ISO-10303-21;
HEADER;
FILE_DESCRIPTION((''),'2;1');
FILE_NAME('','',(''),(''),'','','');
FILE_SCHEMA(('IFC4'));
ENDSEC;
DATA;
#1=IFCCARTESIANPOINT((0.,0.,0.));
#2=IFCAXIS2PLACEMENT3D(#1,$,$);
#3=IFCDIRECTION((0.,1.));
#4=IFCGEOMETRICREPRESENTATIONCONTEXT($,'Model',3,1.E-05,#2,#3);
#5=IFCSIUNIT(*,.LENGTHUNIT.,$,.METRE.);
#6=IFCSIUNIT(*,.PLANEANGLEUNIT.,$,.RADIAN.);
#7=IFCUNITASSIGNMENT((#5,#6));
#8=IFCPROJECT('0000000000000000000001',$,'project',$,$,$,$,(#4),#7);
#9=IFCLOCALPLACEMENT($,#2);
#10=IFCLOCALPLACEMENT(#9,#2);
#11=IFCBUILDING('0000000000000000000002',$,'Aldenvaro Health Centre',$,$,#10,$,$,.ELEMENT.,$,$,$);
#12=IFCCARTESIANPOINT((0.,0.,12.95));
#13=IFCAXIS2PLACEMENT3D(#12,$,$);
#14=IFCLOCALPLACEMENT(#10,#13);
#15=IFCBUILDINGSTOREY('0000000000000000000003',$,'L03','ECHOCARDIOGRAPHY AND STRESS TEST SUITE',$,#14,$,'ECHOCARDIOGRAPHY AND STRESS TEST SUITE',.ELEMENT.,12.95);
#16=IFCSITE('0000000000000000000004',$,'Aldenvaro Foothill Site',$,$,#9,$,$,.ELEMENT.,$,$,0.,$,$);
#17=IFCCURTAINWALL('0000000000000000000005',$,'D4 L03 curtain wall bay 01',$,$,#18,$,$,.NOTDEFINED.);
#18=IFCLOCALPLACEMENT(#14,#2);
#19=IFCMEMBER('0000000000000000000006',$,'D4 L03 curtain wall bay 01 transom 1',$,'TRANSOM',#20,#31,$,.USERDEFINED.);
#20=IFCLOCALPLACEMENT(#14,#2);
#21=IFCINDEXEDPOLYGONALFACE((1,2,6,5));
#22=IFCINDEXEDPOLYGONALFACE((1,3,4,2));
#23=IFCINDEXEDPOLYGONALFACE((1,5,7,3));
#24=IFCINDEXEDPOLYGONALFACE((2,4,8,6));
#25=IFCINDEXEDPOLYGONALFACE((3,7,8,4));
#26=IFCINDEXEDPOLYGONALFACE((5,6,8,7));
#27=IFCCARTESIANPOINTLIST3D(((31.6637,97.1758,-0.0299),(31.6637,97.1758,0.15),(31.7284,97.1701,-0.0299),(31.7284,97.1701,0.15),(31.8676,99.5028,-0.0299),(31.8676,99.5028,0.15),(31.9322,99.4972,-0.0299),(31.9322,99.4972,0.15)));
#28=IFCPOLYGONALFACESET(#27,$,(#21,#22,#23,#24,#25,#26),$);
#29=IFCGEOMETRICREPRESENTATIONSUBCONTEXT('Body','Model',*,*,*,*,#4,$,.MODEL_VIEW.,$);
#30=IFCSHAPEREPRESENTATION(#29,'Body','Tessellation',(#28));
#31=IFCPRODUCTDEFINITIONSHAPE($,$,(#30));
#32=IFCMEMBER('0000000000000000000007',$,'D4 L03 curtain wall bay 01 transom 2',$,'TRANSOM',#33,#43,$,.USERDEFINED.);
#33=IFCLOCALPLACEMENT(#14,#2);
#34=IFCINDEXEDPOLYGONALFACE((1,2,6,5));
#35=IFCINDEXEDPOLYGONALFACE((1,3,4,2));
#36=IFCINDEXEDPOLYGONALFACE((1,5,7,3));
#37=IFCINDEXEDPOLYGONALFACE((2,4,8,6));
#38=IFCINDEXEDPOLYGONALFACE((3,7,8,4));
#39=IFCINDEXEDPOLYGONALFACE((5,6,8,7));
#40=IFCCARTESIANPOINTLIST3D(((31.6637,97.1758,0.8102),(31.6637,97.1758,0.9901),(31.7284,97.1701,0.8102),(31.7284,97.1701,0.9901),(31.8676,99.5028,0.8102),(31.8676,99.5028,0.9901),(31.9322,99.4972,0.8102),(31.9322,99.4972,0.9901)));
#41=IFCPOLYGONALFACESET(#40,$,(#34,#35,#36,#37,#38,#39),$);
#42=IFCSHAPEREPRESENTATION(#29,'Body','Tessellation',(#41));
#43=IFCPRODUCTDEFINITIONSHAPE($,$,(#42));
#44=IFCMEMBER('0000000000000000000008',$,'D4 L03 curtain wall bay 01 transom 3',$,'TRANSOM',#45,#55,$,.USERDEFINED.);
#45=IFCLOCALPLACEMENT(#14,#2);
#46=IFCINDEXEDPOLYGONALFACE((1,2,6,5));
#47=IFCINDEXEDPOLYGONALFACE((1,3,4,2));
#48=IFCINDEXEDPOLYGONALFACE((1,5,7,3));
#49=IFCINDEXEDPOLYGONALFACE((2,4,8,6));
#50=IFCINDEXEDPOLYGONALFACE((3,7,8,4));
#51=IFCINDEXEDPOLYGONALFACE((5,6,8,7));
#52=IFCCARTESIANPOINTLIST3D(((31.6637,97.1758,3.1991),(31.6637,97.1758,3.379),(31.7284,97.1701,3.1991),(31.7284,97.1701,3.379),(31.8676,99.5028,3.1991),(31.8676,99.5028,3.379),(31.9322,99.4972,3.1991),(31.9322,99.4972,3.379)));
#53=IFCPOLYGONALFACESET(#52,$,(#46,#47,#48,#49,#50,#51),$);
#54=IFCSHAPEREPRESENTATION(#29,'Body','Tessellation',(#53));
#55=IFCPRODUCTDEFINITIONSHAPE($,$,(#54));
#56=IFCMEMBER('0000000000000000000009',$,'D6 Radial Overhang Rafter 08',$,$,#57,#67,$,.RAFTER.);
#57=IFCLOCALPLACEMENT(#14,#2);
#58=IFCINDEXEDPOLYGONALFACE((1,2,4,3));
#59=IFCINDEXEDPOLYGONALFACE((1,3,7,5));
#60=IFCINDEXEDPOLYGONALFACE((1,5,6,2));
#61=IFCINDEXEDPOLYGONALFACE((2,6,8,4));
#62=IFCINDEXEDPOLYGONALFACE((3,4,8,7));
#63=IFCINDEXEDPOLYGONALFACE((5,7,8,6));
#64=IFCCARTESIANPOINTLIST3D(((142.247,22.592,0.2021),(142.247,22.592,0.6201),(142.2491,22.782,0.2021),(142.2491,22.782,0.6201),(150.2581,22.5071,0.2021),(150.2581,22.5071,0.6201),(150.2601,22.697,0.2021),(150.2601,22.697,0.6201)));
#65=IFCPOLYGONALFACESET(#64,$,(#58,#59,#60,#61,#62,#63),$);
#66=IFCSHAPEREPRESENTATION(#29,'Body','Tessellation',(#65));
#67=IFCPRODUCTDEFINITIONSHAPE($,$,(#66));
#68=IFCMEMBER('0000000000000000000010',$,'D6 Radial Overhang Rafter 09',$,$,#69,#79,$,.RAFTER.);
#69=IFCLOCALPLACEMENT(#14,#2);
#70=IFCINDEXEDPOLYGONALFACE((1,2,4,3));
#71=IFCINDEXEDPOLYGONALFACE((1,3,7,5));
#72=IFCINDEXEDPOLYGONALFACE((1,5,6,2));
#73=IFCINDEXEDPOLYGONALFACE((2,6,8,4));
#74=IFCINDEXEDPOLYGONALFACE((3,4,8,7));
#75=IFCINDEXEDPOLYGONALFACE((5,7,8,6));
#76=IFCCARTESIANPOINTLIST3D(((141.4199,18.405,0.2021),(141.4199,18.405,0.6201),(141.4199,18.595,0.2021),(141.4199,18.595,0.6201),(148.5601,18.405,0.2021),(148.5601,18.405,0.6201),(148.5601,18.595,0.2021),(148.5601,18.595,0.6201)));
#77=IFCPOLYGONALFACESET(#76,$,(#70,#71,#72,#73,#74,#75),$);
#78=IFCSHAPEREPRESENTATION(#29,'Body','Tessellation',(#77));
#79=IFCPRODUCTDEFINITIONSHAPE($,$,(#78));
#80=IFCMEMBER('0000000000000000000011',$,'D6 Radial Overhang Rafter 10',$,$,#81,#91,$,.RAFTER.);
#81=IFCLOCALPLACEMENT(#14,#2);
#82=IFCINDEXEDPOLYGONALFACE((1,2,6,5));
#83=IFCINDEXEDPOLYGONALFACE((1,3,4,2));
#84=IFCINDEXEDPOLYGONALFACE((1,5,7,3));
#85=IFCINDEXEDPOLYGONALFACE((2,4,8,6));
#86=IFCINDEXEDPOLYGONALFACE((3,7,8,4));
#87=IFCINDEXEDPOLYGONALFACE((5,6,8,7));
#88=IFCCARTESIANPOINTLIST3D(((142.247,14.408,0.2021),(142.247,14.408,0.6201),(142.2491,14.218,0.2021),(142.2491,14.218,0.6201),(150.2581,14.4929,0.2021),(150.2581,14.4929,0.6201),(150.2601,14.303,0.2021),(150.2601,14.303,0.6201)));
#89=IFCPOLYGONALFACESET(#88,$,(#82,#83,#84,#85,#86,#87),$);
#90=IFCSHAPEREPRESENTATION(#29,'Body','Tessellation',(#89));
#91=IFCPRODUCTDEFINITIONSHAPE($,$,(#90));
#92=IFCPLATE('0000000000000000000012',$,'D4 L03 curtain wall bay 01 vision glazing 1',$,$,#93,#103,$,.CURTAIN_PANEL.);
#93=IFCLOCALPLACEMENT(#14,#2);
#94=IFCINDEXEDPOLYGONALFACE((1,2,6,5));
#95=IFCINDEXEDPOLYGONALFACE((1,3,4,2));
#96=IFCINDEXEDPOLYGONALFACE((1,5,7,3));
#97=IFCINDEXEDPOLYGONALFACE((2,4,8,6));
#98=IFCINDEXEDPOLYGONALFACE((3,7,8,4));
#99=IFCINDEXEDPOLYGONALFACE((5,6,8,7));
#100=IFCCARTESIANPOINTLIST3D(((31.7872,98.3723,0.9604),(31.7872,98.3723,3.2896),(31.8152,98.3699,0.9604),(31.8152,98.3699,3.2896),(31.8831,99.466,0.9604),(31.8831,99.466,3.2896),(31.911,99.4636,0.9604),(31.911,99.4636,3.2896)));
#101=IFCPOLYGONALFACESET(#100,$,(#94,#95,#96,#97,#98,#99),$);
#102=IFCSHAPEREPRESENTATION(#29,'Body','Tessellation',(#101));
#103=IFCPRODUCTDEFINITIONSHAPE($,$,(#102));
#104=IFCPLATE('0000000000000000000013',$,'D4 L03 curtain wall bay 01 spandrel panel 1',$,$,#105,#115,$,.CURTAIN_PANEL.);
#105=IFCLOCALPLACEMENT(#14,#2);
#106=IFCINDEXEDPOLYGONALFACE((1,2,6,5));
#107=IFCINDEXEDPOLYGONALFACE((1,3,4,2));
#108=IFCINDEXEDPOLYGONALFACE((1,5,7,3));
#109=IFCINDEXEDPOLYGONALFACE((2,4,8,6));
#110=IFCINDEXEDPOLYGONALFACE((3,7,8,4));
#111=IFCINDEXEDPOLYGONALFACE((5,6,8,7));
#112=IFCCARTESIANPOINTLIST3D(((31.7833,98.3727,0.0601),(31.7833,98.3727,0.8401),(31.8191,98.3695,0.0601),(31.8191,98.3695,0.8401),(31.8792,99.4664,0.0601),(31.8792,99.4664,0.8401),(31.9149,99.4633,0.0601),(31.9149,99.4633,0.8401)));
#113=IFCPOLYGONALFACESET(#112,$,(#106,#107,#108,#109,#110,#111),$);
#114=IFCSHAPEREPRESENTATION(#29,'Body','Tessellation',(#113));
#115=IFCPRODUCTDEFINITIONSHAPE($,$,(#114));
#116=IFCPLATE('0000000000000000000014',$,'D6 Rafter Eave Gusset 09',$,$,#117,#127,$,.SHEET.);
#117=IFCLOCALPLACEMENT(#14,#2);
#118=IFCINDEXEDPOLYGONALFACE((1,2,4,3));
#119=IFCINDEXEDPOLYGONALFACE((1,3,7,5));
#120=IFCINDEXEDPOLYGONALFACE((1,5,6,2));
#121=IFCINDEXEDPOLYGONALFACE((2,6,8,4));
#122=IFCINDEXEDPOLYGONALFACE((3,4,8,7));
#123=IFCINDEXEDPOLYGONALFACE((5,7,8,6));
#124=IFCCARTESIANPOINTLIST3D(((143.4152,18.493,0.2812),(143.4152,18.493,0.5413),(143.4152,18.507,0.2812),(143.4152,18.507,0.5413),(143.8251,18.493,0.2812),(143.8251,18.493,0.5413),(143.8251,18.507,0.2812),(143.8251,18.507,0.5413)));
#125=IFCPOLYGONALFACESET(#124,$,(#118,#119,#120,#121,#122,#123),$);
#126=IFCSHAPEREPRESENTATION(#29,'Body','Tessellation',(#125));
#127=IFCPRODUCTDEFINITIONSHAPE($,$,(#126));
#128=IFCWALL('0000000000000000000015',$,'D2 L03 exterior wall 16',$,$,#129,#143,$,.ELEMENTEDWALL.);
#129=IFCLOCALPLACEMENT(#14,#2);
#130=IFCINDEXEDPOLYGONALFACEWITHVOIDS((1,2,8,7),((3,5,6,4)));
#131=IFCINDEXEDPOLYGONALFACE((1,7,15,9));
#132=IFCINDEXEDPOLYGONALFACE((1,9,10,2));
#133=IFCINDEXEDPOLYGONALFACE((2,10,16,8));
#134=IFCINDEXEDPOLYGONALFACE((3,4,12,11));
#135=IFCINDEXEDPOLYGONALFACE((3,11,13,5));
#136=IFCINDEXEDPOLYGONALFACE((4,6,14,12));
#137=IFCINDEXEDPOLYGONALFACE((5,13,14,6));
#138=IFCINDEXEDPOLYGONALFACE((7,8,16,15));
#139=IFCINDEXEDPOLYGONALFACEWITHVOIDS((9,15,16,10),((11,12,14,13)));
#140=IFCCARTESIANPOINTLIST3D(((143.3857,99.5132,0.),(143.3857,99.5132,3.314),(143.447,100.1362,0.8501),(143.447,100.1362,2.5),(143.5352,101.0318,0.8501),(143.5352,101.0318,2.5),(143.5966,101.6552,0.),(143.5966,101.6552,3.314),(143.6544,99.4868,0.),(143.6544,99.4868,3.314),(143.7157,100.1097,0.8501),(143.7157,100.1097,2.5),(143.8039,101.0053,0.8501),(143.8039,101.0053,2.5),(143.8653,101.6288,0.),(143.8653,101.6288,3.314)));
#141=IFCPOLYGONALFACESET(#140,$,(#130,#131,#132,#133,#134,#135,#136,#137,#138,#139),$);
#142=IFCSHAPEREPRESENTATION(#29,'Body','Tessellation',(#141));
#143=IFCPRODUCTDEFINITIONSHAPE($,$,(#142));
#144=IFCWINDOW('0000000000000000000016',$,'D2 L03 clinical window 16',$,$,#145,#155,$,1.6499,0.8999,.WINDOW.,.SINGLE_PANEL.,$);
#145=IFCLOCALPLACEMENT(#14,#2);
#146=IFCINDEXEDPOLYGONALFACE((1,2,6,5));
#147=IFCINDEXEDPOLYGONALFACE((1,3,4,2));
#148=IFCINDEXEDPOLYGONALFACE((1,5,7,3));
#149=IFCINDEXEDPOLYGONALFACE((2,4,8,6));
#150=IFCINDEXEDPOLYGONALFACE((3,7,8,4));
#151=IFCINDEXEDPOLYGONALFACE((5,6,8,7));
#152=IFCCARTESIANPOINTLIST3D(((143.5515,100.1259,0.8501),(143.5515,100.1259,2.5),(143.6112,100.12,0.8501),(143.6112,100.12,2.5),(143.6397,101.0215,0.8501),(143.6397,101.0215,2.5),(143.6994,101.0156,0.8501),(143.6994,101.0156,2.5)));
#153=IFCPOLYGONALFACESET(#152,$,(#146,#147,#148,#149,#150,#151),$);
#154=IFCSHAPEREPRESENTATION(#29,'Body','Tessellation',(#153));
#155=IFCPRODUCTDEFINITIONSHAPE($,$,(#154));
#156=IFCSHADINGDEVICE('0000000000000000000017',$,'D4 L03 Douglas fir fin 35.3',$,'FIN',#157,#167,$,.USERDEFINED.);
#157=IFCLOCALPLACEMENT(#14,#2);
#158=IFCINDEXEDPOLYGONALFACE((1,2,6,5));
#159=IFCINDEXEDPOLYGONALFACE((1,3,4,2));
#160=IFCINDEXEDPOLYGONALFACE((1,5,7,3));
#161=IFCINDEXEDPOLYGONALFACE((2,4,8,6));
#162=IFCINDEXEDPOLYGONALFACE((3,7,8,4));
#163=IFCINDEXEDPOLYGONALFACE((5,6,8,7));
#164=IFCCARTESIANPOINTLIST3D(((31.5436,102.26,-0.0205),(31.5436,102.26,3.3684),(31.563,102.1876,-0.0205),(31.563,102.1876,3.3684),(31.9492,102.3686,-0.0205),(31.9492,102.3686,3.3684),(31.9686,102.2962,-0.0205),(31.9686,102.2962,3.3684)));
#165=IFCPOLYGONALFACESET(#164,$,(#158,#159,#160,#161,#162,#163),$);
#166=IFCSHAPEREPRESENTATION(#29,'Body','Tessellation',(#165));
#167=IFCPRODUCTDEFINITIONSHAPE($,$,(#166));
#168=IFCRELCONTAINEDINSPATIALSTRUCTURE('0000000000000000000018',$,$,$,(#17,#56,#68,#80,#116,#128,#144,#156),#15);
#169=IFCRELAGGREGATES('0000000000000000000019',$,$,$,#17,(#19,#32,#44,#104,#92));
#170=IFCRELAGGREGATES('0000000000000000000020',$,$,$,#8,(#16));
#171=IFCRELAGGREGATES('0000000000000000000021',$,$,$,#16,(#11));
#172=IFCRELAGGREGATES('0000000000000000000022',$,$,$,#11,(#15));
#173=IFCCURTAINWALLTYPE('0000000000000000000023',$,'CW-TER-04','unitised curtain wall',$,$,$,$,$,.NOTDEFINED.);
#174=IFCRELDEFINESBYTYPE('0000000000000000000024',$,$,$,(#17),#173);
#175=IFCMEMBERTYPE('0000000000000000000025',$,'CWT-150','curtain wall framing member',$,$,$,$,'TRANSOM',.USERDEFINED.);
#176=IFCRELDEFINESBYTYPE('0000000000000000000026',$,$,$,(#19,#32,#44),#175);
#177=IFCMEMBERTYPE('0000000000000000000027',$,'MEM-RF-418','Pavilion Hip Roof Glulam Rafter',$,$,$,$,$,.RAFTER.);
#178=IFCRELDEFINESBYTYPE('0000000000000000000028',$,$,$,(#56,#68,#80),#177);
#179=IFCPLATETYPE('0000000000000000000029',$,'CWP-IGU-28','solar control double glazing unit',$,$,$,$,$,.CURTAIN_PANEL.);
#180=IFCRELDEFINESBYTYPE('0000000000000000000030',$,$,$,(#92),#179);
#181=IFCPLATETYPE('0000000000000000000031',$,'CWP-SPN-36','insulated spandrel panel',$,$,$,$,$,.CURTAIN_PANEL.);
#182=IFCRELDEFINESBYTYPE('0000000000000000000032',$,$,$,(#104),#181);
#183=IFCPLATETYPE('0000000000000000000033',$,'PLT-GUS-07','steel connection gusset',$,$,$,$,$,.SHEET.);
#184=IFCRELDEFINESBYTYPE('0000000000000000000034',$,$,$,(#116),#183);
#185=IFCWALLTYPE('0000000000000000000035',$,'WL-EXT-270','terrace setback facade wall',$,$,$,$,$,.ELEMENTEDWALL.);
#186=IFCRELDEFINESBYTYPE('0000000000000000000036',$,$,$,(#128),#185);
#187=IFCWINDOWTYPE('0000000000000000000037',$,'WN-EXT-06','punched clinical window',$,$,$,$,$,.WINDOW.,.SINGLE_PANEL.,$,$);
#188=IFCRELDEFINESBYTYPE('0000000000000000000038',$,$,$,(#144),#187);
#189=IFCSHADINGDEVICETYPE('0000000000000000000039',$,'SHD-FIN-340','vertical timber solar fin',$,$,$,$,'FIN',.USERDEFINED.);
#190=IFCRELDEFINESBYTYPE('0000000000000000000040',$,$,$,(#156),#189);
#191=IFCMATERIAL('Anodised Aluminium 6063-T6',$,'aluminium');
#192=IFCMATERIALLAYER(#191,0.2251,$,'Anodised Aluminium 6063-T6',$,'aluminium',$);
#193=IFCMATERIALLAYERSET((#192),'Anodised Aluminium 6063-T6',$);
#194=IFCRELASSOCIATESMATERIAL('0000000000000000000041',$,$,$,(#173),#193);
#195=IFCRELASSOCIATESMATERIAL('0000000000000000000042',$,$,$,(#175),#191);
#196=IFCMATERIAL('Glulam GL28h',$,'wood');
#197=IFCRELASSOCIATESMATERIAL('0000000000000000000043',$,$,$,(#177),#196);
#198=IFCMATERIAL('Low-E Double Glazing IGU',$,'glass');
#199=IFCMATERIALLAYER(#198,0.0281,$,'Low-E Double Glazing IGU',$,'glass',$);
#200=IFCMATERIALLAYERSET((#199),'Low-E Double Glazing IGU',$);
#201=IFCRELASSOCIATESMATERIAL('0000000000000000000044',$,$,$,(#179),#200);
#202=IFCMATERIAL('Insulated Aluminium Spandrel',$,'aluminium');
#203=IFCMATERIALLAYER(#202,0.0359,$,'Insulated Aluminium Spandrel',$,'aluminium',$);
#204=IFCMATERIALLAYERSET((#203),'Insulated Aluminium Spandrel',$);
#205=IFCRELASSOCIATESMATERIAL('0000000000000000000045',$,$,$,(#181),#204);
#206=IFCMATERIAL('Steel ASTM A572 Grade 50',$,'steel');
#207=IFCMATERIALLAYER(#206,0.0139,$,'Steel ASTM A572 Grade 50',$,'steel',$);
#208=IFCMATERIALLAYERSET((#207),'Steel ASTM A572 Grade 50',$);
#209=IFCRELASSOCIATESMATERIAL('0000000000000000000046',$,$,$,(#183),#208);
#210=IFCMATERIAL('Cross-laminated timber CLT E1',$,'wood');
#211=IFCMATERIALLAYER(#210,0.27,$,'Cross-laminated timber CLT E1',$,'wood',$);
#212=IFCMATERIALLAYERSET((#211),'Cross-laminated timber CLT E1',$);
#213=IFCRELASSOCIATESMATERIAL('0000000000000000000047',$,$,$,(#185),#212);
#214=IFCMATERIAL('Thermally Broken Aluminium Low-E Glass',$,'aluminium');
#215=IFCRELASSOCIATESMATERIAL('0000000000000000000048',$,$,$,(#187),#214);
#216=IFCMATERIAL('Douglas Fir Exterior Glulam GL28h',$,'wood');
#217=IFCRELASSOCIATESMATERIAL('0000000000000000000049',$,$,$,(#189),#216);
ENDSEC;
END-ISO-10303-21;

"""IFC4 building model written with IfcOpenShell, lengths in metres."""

from ifc_helpers import new_model, si_unit, direction, frame, frame_2d, origin, origin_2d, place, context, subcontext, project, spatial, rectangle, extrude, material, layer, layer_set, material_profile, profile_set, type_object, element, fill, aggregate, save


model = new_model("IFC4")

# Units and contexts
model_context = context("Model", 3, precision=1e-05, world=origin(), true_north=direction((0.0, 1.0)))
body_context = subcontext(model_context, "Body", "Model", "MODEL_VIEW")
ifc_project = project(units=[si_unit("LENGTHUNIT", "METRE"), si_unit("PLANEANGLEUNIT", "RADIAN")], contexts=[model_context])

# Site, building, storey
site_placement = place(None, origin())
site = spatial("IfcSite", under=ifc_project, at=site_placement, Name="Aldenvaro Foothill Site", CompositionType="ELEMENT", RefElevation=0.0)
building_placement = place(site_placement, origin())
building = spatial("IfcBuilding", under=site, at=building_placement, Name="Aldenvaro Health Centre", CompositionType="ELEMENT")
storey_placement = place(building_placement, frame((0.0, 0.0, 12.95)))
storey = spatial("IfcBuildingStorey", under=building, at=storey_placement, Name="L03", Description="ECHOCARDIOGRAPHY AND STRESS TEST SUITE", LongName="ECHOCARDIOGRAPHY AND STRESS TEST SUITE", CompositionType="ELEMENT", Elevation=12.95)

# Shared definitions
ifc_material_1 = material(Name="Glulam GL28h", Category="wood")

# Curtain wall, members
ifc_material_2 = material(Name="Anodised Aluminium 6063-T6", Category="aluminium")
ifc_layer_1 = layer(ifc_material_2, 0.2251, Name="Anodised Aluminium 6063-T6", Category="aluminium")
ifc_layer_set_1 = layer_set([ifc_layer_1], Name="Anodised Aluminium 6063-T6")
curtain_wall_type = type_object("IfcCurtainWallType", Name="CW-TER-04", Description="unitised curtain wall", PredefinedType="NOTDEFINED", material=ifc_layer_set_1)
curtain_wall_placement = place(storey_placement, origin())
curtain_wall = element("IfcCurtainWall", 1, at=curtain_wall_placement, inside=storey, type_object=curtain_wall_type, Name="D4 L03 curtain wall bay 01", PredefinedType="NOTDEFINED")
ifc_material_profile_1 = material_profile(ifc_material_2, rectangle(XDim=0.0649, YDim=0.1799, at=origin_2d()), Name="ALU 65x180", Category="aluminium")
ifc_profile_set_1 = profile_set([ifc_material_profile_1], Name="Anodised Aluminium 6063-T6")
member_type_1 = type_object("IfcMemberType", Name="CWT-150", Description="curtain wall framing member", ElementType="TRANSOM", PredefinedType="USERDEFINED", material=ifc_profile_set_1)
member_1_placement = place(storey_placement, frame((31.8999, 99.5, 0.0601), z_axis=(-0.087275, -0.996184, 0.0), x_axis=(0.996184, -0.087275, 0.0)))
member_1 = element("IfcMember", 2, at=member_1_placement, type_object=member_type_1, Name="D4 L03 curtain wall bay 01 transom 1", ObjectType="TRANSOM", PredefinedType="USERDEFINED", context=body_context, shape_type="SweptSolid", body=[
    extrude(rectangle(XDim=0.0649, YDim=0.1799, at=origin_2d()), origin(), (0.0, 0.0, 1.0), 2.3359),
])
member_2_placement = place(storey_placement, frame((31.8999, 99.5, 0.9001), z_axis=(-0.087275, -0.996184, 0.0), x_axis=(0.996184, -0.087275, 0.0)))
member_2 = element("IfcMember", 3, at=member_2_placement, type_object=member_type_1, Name="D4 L03 curtain wall bay 01 transom 2", ObjectType="TRANSOM", PredefinedType="USERDEFINED", context=body_context, shape_type="SweptSolid", body=[
    extrude(rectangle(XDim=0.0649, YDim=0.1799, at=origin_2d()), origin(), (0.0, 0.0, 1.0), 2.3359),
])
member_3_placement = place(storey_placement, frame((31.8999, 99.5, 3.2891), z_axis=(-0.087275, -0.996184, 0.0), x_axis=(0.996184, -0.087275, 0.0)))
member_3 = element("IfcMember", 4, at=member_3_placement, type_object=member_type_1, Name="D4 L03 curtain wall bay 01 transom 3", ObjectType="TRANSOM", PredefinedType="USERDEFINED", context=body_context, shape_type="SweptSolid", body=[
    extrude(rectangle(XDim=0.0649, YDim=0.1799, at=origin_2d()), origin(), (0.0, 0.0, 1.0), 2.3359),
])

# Members
ifc_material_profile_2 = material_profile(ifc_material_1, rectangle(XDim=0.1899, YDim=0.418, at=origin_2d()), Name="GL 190x418", Category="wood")
ifc_profile_set_2 = profile_set([ifc_material_profile_2], Name="Glulam GL28h")
member_type_2 = type_object("IfcMemberType", Name="MEM-RF-418", Description="Pavilion Hip Roof Glulam Rafter", PredefinedType="RAFTER", material=ifc_profile_set_2)
member_4_placement = place(storey_placement, frame((142.248, 22.687, 0.4111), z_axis=(0.999944, -0.010605, 0.0), x_axis=(0.010605, 0.999944, 0.0)))
element("IfcMember", 5, at=member_4_placement, inside=storey, type_object=member_type_2, Name="D6 Radial Overhang Rafter 08", PredefinedType="RAFTER", context=body_context, shape_type="SweptSolid", body=[
    extrude(rectangle(XDim=0.1899, YDim=0.418, at=origin_2d()), origin(), (0.0, 0.0, 1.0), 8.0115),
])
member_5_placement = place(storey_placement, frame((141.4199, 18.5, 0.4111), z_axis=(1.0, 0.0, 0.0), x_axis=(0.0, 1.0, 0.0)))
element("IfcMember", 6, at=member_5_placement, inside=storey, type_object=member_type_2, Name="D6 Radial Overhang Rafter 09", PredefinedType="RAFTER", context=body_context, shape_type="SweptSolid", body=[
    extrude(rectangle(XDim=0.1899, YDim=0.418, at=origin_2d()), origin(), (0.0, 0.0, 1.0), 7.1401),
])
member_6_placement = place(storey_placement, frame((142.248, 14.313, 0.4111), z_axis=(0.999944, 0.010605, 0.0), x_axis=(-0.010605, 0.999944, 0.0)))
element("IfcMember", 7, at=member_6_placement, inside=storey, type_object=member_type_2, Name="D6 Radial Overhang Rafter 10", PredefinedType="RAFTER", context=body_context, shape_type="SweptSolid", body=[
    extrude(rectangle(XDim=0.1899, YDim=0.418, at=origin_2d()), origin(), (0.0, 0.0, 1.0), 8.0115),
])

# Plates
ifc_material_3 = material(Name="Low-E Double Glazing IGU", Category="glass")
ifc_layer_2 = layer(ifc_material_3, 0.0281, Name="Low-E Double Glazing IGU", Category="glass")
ifc_layer_set_2 = layer_set([ifc_layer_2], Name="Low-E Double Glazing IGU")
plate_type_1 = type_object("IfcPlateType", Name="CWP-IGU-28", Description="solar control double glazing unit", PredefinedType="CURTAIN_PANEL", material=ifc_layer_set_2)
plate_1_placement = place(storey_placement, frame((31.8491, 98.918, 0.9604), z_axis=(0.0, 0.0, 1.0), x_axis=(-0.087332, -0.996179, 0.0)))
plate_1 = element("IfcPlate", 8, at=plate_1_placement, type_object=plate_type_1, Name="D4 L03 curtain wall bay 01 vision glazing 1", PredefinedType="CURTAIN_PANEL", context=body_context, shape_type="SweptSolid", body=[
    extrude(rectangle(XDim=1.0979, YDim=0.0281, at=origin_2d()), origin(), (0.0, 0.0, 1.0), 2.3291),
])
ifc_material_4 = material(Name="Insulated Aluminium Spandrel", Category="aluminium")
ifc_layer_3 = layer(ifc_material_4, 0.0359, Name="Insulated Aluminium Spandrel", Category="aluminium")
ifc_layer_set_3 = layer_set([ifc_layer_3], Name="Insulated Aluminium Spandrel")
plate_type_2 = type_object("IfcPlateType", Name="CWP-SPN-36", Description="insulated spandrel panel", PredefinedType="CURTAIN_PANEL", material=ifc_layer_set_3)
plate_2_placement = place(storey_placement, frame((31.8491, 98.918, 0.0601), z_axis=(0.0, 0.0, 1.0), x_axis=(-0.087332, -0.996179, 0.0)))
plate_2 = element("IfcPlate", 9, at=plate_2_placement, type_object=plate_type_2, Name="D4 L03 curtain wall bay 01 spandrel panel 1", PredefinedType="CURTAIN_PANEL", context=body_context, shape_type="SweptSolid", body=[
    extrude(rectangle(XDim=1.0979, YDim=0.0359, at=origin_2d()), origin(), (0.0, 0.0, 1.0), 0.78),
])
aggregate(curtain_wall, [member_1, member_2, member_3, plate_2, plate_1])
ifc_material_5 = material(Name="Steel ASTM A572 Grade 50", Category="steel")
ifc_layer_4 = layer(ifc_material_5, 0.0139, Name="Steel ASTM A572 Grade 50", Category="steel")
ifc_layer_set_4 = layer_set([ifc_layer_4], Name="Steel ASTM A572 Grade 50")
plate_type_3 = type_object("IfcPlateType", Name="PLT-GUS-07", Description="steel connection gusset", PredefinedType="SHEET", material=ifc_layer_set_4)
plate_3_placement = place(storey_placement, frame((143.6201, 18.5, 0.2812), z_axis=(0.0, 0.0, 1.0), x_axis=(-1.0, 0.0, 0.0)))
element("IfcPlate", 10, at=plate_3_placement, inside=storey, type_object=plate_type_3, Name="D6 Rafter Eave Gusset 09", PredefinedType="SHEET", context=body_context, shape_type="SweptSolid", body=[
    extrude(rectangle(XDim=0.4099, YDim=0.0139, at=origin_2d()), origin(), (0.0, 0.0, 1.0), 0.26),
])

# Wall, opening, window
ifc_material_6 = material(Name="Cross-laminated timber CLT E1", Category="wood")
ifc_layer_5 = layer(ifc_material_6, 0.27, Name="Cross-laminated timber CLT E1", Category="wood")
ifc_layer_set_5 = layer_set([ifc_layer_5], Name="Cross-laminated timber CLT E1")
wall_type = type_object("IfcWallType", Name="WL-EXT-270", Description="terrace setback facade wall", PredefinedType="ELEMENTEDWALL", material=ifc_layer_set_5)
wall_placement = place(storey_placement, frame((143.52, 99.5, 0.0), z_axis=(0.0, 0.0, 1.0), x_axis=(0.097999, 0.995187, 0.0)))
wall = element("IfcWall", 11, at=wall_placement, inside=storey, type_object=wall_type, Name="D2 L03 exterior wall 16", PredefinedType="ELEMENTEDWALL", context=body_context, shape_type="SweptSolid", body=[
    extrude(rectangle(XDim=2.1523, YDim=0.27, at=frame_2d((1.0762, 0.0))), origin(), (0.0, 0.0, 1.0), 3.314),
])
opening_placement = place(wall_placement, frame((0.626, 0.0, 0.8501)))
opening = element("IfcOpeningElement", 12, at=opening_placement, cuts=wall, PredefinedType="OPENING", context=body_context, shape_type="SweptSolid", body=[
    extrude(rectangle(XDim=0.8999, YDim=1.6499, at=frame_2d((0.45, 0.825))), frame((0.0, 0.145, 0.0), z_axis=(0.0, -1.0, 0.0), x_axis=(1.0, 0.0, 0.0)), (0.0, 0.0, 1.0), 0.29),
])
ifc_material_7 = material(Name="Thermally Broken Aluminium Low-E Glass", Category="aluminium")
window_type = type_object("IfcWindowType", Name="WN-EXT-06", Description="punched clinical window", PartitioningType="SINGLE_PANEL", PredefinedType="WINDOW", material=ifc_material_7)
window_placement = place(opening_placement, origin())
window = element("IfcWindow", 13, at=window_placement, inside=storey, type_object=window_type, Name="D2 L03 clinical window 16", OverallHeight=1.6499, OverallWidth=0.8999, PartitioningType="SINGLE_PANEL", PredefinedType="WINDOW", context=body_context, shape_type="SweptSolid", body=[
    extrude(rectangle(XDim=0.8999, YDim=1.6499, at=frame_2d((0.45, 0.825))), frame((0.0, 0.03, 0.0), z_axis=(0.0, -1.0, 0.0), x_axis=(1.0, 0.0, 0.0)), (0.0, 0.0, 1.0), 0.0601),
])
fill(opening, window)

# Shading device
ifc_material_8 = material(Name="Douglas Fir Exterior Glulam GL28h", Category="wood")
shading_device_type_1 = type_object("IfcShadingDeviceType", Name="SHD-FIN-340", Description="vertical timber solar fin", ElementType="FIN", PredefinedType="USERDEFINED", material=ifc_material_8)
shading_device_1_placement = place(storey_placement, frame((31.7561, 102.2781, -0.0205), z_axis=(0.0, 0.0, 1.0), x_axis=(0.258622, -0.965979, 0.0)))
element("IfcShadingDevice", 14, at=shading_device_1_placement, inside=storey, type_object=shading_device_type_1, Name="D4 L03 Douglas fir fin 35.3", ObjectType="FIN", PredefinedType="USERDEFINED", context=body_context, shape_type="SweptSolid", body=[
    extrude(rectangle(XDim=0.075, YDim=0.4199, at=origin_2d()), origin(), (0.0, 0.0, 1.0), 3.3889),
])

save(model, "model.ifc")
